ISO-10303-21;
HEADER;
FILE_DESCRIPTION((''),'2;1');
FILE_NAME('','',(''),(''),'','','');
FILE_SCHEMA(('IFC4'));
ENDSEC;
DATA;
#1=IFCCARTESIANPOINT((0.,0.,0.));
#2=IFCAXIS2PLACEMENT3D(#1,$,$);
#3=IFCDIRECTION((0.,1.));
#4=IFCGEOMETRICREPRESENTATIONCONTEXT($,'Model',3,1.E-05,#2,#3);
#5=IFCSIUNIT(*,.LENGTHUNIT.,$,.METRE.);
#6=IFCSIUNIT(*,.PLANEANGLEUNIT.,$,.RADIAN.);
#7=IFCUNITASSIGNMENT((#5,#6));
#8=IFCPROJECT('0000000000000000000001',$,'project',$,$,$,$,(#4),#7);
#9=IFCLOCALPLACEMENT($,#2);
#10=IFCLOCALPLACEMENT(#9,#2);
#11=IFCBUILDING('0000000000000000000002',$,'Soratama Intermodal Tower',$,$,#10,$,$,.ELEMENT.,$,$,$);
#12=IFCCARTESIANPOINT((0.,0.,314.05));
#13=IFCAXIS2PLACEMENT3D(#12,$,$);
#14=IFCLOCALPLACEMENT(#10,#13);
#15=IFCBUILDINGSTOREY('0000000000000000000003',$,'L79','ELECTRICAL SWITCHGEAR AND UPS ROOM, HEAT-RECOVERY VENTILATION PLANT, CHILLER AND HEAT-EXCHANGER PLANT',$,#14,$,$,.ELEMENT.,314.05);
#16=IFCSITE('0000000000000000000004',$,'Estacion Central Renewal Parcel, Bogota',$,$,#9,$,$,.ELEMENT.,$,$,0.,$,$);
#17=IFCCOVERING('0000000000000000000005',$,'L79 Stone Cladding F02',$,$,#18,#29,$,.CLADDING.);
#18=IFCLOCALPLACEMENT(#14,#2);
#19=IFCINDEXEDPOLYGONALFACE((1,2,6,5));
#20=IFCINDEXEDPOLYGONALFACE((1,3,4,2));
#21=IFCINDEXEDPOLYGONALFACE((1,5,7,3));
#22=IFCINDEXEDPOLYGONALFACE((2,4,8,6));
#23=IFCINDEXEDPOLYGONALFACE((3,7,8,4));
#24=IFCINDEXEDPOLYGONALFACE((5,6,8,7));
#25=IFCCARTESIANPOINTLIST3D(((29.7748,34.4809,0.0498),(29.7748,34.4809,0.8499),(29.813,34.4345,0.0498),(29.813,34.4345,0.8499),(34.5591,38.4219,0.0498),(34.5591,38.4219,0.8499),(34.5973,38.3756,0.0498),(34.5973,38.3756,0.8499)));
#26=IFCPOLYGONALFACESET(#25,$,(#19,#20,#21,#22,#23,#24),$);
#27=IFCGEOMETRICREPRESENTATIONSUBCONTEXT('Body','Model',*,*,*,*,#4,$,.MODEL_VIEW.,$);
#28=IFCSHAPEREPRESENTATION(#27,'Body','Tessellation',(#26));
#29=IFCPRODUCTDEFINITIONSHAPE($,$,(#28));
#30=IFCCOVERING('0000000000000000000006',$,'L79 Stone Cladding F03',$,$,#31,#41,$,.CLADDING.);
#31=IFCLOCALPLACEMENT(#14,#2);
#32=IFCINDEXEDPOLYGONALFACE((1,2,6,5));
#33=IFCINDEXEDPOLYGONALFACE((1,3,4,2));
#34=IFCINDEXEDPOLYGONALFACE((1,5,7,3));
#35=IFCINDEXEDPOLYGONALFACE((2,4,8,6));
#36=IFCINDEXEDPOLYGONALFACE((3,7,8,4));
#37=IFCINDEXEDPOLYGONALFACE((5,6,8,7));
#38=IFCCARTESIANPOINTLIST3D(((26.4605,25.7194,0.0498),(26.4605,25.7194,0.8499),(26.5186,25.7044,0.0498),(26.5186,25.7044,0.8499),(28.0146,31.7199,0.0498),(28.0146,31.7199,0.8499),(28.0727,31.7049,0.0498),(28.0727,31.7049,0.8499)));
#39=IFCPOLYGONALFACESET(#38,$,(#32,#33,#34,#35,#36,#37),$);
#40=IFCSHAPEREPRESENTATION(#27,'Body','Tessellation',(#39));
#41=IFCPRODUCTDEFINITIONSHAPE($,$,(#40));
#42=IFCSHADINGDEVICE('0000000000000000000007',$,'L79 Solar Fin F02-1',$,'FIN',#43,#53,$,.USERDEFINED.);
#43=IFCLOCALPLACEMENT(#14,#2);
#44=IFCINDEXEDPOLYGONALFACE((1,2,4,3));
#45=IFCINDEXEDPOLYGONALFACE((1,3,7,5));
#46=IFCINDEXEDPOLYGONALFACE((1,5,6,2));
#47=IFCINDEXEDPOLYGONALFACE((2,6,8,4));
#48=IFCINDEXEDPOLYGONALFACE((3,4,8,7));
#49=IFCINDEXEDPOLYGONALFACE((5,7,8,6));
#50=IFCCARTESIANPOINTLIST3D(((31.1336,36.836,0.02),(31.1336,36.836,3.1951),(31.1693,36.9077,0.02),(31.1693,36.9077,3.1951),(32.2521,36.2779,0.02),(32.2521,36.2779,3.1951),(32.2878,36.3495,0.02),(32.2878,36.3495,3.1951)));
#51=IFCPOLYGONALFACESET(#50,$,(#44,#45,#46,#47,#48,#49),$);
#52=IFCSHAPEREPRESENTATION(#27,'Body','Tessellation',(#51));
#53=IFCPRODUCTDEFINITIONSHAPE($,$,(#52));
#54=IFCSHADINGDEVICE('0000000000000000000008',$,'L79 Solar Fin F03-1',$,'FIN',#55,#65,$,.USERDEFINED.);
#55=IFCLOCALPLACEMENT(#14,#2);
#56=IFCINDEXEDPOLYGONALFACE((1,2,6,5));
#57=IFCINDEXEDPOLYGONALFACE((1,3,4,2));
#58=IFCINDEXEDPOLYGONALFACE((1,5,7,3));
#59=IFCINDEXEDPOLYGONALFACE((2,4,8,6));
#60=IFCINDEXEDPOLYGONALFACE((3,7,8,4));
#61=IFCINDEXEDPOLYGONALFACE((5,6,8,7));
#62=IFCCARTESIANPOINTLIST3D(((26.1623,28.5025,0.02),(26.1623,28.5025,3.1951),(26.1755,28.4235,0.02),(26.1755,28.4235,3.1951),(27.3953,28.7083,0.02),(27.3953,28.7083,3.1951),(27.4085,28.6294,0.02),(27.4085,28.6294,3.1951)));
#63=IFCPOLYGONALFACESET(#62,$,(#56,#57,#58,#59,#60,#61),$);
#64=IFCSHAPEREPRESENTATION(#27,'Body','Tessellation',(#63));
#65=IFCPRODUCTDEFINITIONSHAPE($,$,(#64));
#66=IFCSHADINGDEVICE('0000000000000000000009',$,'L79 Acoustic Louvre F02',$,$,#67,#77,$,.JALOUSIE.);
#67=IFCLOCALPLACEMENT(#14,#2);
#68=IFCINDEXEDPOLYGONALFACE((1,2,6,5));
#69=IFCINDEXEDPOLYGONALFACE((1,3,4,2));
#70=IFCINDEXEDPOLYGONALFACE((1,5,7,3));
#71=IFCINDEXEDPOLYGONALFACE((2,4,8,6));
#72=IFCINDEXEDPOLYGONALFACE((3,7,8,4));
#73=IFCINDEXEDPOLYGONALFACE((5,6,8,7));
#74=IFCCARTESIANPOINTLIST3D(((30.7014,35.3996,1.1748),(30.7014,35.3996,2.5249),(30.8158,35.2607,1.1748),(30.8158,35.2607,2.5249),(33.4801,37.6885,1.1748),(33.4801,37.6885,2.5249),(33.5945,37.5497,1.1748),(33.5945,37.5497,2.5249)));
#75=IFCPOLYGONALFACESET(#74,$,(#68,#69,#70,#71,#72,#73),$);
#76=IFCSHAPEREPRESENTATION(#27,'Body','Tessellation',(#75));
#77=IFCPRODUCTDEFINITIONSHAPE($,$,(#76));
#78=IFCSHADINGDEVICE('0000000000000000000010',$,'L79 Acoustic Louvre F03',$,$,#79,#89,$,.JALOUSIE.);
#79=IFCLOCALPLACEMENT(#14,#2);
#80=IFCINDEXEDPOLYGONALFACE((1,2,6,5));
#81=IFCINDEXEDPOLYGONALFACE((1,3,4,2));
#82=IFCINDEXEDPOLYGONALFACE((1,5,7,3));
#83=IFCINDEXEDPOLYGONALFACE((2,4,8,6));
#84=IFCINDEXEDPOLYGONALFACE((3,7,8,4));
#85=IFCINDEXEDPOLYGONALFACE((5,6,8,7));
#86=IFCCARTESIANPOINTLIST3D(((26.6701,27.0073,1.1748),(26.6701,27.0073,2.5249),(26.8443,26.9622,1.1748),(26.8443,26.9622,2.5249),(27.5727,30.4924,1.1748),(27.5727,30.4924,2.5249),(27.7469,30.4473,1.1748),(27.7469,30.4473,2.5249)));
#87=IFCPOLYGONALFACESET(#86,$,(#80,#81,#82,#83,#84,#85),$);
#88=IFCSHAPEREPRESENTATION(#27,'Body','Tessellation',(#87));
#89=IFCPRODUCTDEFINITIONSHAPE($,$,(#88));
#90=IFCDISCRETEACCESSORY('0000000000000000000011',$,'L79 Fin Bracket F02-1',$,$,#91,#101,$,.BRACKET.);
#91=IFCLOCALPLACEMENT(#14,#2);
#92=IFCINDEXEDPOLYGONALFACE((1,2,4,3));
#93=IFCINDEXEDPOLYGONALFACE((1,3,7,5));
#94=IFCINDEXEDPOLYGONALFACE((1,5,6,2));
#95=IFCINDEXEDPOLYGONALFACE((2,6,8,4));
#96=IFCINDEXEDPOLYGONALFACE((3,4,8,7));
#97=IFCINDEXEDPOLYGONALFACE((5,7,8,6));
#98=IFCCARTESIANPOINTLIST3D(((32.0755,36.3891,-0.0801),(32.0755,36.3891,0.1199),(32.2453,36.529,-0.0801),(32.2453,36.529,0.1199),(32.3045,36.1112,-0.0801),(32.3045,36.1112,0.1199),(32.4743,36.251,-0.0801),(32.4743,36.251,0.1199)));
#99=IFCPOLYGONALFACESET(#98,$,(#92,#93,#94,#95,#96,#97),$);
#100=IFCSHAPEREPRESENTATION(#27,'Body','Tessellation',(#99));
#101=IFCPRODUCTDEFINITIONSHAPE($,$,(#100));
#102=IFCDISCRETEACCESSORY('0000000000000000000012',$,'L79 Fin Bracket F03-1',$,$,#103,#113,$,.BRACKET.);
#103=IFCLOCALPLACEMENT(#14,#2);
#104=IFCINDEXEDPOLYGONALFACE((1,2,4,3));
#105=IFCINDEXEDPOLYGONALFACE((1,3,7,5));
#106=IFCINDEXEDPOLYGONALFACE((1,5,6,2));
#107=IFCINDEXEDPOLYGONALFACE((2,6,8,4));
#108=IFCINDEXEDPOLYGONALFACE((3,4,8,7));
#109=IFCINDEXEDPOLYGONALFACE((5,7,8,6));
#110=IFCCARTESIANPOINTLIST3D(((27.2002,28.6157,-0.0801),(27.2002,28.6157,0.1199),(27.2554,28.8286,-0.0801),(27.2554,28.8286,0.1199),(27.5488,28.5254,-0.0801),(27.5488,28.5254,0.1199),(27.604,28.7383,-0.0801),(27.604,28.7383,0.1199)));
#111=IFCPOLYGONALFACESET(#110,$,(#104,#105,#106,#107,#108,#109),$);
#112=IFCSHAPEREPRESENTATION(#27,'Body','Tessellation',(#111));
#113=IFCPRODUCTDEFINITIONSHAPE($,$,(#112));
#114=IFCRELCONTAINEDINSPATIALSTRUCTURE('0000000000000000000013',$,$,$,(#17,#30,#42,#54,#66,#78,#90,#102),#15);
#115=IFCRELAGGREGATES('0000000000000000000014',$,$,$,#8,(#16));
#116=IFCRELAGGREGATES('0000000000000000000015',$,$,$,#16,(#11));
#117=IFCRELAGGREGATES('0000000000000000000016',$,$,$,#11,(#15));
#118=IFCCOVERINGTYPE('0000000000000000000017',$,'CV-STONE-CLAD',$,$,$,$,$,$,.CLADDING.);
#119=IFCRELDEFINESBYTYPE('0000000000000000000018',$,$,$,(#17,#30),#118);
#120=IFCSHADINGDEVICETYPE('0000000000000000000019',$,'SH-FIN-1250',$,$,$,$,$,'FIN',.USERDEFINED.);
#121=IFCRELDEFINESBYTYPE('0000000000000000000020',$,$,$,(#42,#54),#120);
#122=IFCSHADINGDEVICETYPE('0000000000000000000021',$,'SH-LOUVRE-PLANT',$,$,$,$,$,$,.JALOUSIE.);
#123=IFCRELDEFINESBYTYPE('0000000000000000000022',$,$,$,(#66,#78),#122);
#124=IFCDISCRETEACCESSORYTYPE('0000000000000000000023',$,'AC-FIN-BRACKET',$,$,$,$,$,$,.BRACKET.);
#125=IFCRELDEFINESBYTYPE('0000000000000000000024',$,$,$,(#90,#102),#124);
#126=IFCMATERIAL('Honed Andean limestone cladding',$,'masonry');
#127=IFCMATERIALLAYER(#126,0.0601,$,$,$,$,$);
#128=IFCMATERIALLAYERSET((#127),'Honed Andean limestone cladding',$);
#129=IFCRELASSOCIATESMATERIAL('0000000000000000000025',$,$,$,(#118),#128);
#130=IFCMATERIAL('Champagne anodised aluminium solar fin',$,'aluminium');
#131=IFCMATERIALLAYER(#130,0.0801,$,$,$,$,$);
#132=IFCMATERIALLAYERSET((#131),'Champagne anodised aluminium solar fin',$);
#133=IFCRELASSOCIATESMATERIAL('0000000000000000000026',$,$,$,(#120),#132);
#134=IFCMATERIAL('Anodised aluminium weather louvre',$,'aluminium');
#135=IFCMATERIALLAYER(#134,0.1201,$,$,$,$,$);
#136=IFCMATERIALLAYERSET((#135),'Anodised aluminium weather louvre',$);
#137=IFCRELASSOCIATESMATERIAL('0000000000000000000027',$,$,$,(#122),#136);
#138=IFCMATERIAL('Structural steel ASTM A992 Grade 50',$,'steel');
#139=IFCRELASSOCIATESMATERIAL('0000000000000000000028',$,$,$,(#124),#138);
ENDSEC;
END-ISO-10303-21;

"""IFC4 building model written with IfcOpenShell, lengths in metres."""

from ifc_helpers import new_model, si_unit, direction, frame, origin, origin_2d, place, context, subcontext, project, spatial, rectangle, extrude, material, layer, layer_set, type_object, element, save


model = new_model("IFC4")

# Units and contexts
model_context = context("Model", 3, precision=1e-05, world=origin(), true_north=direction((0.0, 1.0)))
body_context = subcontext(model_context, "Body", "Model", "MODEL_VIEW")
ifc_project = project(units=[si_unit("LENGTHUNIT", "METRE"), si_unit("PLANEANGLEUNIT", "RADIAN")], contexts=[model_context])

# Site, building, storey
site_placement = place(None, origin())
site = spatial("IfcSite", under=ifc_project, at=site_placement, Name="Estacion Central Renewal Parcel, Bogota", CompositionType="ELEMENT", RefElevation=0.0)
building_placement = place(site_placement, origin())
building = spatial("IfcBuilding", under=site, at=building_placement, Name="Soratama Intermodal Tower", CompositionType="ELEMENT")
storey_placement = place(building_placement, frame((0.0, 0.0, 314.05)))
storey = spatial("IfcBuildingStorey", under=building, at=storey_placement, Name="L79", Description="ELECTRICAL SWITCHGEAR AND UPS ROOM, HEAT-RECOVERY VENTILATION PLANT, CHILLER AND HEAT-EXCHANGER PLANT", CompositionType="ELEMENT", Elevation=314.05)

# Coverings
ifc_material_1 = material(Name="Honed Andean limestone cladding", Category="masonry")
ifc_layer_1 = layer(ifc_material_1, 0.0601)
ifc_layer_set_1 = layer_set([ifc_layer_1], Name="Honed Andean limestone cladding")
covering_type = type_object("IfcCoveringType", Name="CV-STONE-CLAD", PredefinedType="CLADDING", material=ifc_layer_set_1)
for number, where, z_axis, x_axis, name in (
    (1, (32.186, 36.4282, 0.0498), (0.0, 0.0, 1.0), (-0.771847, -0.635809, 0.0), "L79 Stone Cladding F02"),
    (2, (27.2666, 28.7122, 0.0498), (0.0, 0.0, 1.0), (-0.250718, -0.96806, 0.0), "L79 Stone Cladding F03"),
):
    element("IfcCovering", number, at=place(storey_placement, frame(where, z_axis=z_axis, x_axis=x_axis)), inside=storey, type_object=covering_type, Name=name, PredefinedType="CLADDING", context=body_context, shape_type="SweptSolid", body=[
        extrude(rectangle(XDim=6.1985, YDim=0.0601, at=origin_2d()), origin(), (0.0, 0.0, 1.0), 0.8),
    ])

# Shading devices
ifc_material_2 = material(Name="Champagne anodised aluminium solar fin", Category="aluminium")
ifc_layer_2 = layer(ifc_material_2, 0.0801)
ifc_layer_set_2 = layer_set([ifc_layer_2], Name="Champagne anodised aluminium solar fin")
shading_device_type_1 = type_object("IfcShadingDeviceType", Name="SH-FIN-1250", ElementType="FIN", PredefinedType="USERDEFINED", material=ifc_layer_set_2)
for number, where, z_axis, x_axis, name in (
    (3, (31.7107, 36.5928, 0.02), (0.0, 0.0, 1.0), (-0.894779, 0.44651, 0.0), "L79 Solar Fin F02-1"),
    (4, (26.7854, 28.5659, 0.02), (0.0, 0.0, 1.0), (-0.986343, -0.164703, 0.0), "L79 Solar Fin F03-1"),
):
    element("IfcShadingDevice", number, at=place(storey_placement, frame(where, z_axis=z_axis, x_axis=x_axis)), inside=storey, type_object=shading_device_type_1, Name=name, ObjectType="FIN", PredefinedType="USERDEFINED", context=body_context, shape_type="SweptSolid", body=[
        extrude(rectangle(XDim=1.25, YDim=0.0801, at=origin_2d()), origin(), (0.0, 0.0, 1.0), 3.175),
    ])
ifc_material_3 = material(Name="Anodised aluminium weather louvre", Category="aluminium")
ifc_layer_3 = layer(ifc_material_3, 0.1201)
ifc_layer_set_3 = layer_set([ifc_layer_3], Name="Anodised aluminium weather louvre")
shading_device_type_2 = type_object("IfcShadingDeviceType", Name="SH-LOUVRE-PLANT", PredefinedType="JALOUSIE", material=ifc_layer_set_3)
for number, where, z_axis, x_axis, name in (
    (5, (32.1479, 36.4746, 1.1748), (0.0, 0.0, 1.0), (-0.771847, -0.635809, 0.0), "L79 Acoustic Louvre F02"),
    (6, (27.2085, 28.7273, 1.1748), (0.0, 0.0, 1.0), (-0.250718, -0.96806, 0.0), "L79 Acoustic Louvre F03"),
):
    element("IfcShadingDevice", number, at=place(storey_placement, frame(where, z_axis=z_axis, x_axis=x_axis)), inside=storey, type_object=shading_device_type_2, Name=name, PredefinedType="JALOUSIE", context=body_context, shape_type="SweptSolid", body=[
        extrude(rectangle(XDim=3.6001, YDim=0.1799, at=origin_2d()), origin(), (0.0, 0.0, 1.0), 1.3501),
    ])

# Discrete accessories
ifc_material_4 = material(Name="Structural steel ASTM A992 Grade 50", Category="steel")
discrete_accessory_type = type_object("IfcDiscreteAccessoryType", Name="AC-FIN-BRACKET", PredefinedType="BRACKET", material=ifc_material_4)
for number, where, z_axis, x_axis, name in (
    (7, (32.2749, 36.3201, -0.0801), (0.0, 0.0, 1.0), (-0.635809, 0.771847, 0.0), "L79 Fin Bracket F02-1"),
    (8, (27.4021, 28.677, -0.0801), (0.0, 0.0, 1.0), (-0.96806, 0.250718, 0.0), "L79 Fin Bracket F03-1"),
):
    element("IfcDiscreteAccessory", number, at=place(storey_placement, frame(where, z_axis=z_axis, x_axis=x_axis)), inside=storey, type_object=discrete_accessory_type, Name=name, PredefinedType="BRACKET", context=body_context, shape_type="SweptSolid", body=[
        extrude(rectangle(XDim=0.3601, YDim=0.22, at=origin_2d()), origin(), (0.0, 0.0, 1.0), 0.2),
    ])

save(model, "model.ifc")
